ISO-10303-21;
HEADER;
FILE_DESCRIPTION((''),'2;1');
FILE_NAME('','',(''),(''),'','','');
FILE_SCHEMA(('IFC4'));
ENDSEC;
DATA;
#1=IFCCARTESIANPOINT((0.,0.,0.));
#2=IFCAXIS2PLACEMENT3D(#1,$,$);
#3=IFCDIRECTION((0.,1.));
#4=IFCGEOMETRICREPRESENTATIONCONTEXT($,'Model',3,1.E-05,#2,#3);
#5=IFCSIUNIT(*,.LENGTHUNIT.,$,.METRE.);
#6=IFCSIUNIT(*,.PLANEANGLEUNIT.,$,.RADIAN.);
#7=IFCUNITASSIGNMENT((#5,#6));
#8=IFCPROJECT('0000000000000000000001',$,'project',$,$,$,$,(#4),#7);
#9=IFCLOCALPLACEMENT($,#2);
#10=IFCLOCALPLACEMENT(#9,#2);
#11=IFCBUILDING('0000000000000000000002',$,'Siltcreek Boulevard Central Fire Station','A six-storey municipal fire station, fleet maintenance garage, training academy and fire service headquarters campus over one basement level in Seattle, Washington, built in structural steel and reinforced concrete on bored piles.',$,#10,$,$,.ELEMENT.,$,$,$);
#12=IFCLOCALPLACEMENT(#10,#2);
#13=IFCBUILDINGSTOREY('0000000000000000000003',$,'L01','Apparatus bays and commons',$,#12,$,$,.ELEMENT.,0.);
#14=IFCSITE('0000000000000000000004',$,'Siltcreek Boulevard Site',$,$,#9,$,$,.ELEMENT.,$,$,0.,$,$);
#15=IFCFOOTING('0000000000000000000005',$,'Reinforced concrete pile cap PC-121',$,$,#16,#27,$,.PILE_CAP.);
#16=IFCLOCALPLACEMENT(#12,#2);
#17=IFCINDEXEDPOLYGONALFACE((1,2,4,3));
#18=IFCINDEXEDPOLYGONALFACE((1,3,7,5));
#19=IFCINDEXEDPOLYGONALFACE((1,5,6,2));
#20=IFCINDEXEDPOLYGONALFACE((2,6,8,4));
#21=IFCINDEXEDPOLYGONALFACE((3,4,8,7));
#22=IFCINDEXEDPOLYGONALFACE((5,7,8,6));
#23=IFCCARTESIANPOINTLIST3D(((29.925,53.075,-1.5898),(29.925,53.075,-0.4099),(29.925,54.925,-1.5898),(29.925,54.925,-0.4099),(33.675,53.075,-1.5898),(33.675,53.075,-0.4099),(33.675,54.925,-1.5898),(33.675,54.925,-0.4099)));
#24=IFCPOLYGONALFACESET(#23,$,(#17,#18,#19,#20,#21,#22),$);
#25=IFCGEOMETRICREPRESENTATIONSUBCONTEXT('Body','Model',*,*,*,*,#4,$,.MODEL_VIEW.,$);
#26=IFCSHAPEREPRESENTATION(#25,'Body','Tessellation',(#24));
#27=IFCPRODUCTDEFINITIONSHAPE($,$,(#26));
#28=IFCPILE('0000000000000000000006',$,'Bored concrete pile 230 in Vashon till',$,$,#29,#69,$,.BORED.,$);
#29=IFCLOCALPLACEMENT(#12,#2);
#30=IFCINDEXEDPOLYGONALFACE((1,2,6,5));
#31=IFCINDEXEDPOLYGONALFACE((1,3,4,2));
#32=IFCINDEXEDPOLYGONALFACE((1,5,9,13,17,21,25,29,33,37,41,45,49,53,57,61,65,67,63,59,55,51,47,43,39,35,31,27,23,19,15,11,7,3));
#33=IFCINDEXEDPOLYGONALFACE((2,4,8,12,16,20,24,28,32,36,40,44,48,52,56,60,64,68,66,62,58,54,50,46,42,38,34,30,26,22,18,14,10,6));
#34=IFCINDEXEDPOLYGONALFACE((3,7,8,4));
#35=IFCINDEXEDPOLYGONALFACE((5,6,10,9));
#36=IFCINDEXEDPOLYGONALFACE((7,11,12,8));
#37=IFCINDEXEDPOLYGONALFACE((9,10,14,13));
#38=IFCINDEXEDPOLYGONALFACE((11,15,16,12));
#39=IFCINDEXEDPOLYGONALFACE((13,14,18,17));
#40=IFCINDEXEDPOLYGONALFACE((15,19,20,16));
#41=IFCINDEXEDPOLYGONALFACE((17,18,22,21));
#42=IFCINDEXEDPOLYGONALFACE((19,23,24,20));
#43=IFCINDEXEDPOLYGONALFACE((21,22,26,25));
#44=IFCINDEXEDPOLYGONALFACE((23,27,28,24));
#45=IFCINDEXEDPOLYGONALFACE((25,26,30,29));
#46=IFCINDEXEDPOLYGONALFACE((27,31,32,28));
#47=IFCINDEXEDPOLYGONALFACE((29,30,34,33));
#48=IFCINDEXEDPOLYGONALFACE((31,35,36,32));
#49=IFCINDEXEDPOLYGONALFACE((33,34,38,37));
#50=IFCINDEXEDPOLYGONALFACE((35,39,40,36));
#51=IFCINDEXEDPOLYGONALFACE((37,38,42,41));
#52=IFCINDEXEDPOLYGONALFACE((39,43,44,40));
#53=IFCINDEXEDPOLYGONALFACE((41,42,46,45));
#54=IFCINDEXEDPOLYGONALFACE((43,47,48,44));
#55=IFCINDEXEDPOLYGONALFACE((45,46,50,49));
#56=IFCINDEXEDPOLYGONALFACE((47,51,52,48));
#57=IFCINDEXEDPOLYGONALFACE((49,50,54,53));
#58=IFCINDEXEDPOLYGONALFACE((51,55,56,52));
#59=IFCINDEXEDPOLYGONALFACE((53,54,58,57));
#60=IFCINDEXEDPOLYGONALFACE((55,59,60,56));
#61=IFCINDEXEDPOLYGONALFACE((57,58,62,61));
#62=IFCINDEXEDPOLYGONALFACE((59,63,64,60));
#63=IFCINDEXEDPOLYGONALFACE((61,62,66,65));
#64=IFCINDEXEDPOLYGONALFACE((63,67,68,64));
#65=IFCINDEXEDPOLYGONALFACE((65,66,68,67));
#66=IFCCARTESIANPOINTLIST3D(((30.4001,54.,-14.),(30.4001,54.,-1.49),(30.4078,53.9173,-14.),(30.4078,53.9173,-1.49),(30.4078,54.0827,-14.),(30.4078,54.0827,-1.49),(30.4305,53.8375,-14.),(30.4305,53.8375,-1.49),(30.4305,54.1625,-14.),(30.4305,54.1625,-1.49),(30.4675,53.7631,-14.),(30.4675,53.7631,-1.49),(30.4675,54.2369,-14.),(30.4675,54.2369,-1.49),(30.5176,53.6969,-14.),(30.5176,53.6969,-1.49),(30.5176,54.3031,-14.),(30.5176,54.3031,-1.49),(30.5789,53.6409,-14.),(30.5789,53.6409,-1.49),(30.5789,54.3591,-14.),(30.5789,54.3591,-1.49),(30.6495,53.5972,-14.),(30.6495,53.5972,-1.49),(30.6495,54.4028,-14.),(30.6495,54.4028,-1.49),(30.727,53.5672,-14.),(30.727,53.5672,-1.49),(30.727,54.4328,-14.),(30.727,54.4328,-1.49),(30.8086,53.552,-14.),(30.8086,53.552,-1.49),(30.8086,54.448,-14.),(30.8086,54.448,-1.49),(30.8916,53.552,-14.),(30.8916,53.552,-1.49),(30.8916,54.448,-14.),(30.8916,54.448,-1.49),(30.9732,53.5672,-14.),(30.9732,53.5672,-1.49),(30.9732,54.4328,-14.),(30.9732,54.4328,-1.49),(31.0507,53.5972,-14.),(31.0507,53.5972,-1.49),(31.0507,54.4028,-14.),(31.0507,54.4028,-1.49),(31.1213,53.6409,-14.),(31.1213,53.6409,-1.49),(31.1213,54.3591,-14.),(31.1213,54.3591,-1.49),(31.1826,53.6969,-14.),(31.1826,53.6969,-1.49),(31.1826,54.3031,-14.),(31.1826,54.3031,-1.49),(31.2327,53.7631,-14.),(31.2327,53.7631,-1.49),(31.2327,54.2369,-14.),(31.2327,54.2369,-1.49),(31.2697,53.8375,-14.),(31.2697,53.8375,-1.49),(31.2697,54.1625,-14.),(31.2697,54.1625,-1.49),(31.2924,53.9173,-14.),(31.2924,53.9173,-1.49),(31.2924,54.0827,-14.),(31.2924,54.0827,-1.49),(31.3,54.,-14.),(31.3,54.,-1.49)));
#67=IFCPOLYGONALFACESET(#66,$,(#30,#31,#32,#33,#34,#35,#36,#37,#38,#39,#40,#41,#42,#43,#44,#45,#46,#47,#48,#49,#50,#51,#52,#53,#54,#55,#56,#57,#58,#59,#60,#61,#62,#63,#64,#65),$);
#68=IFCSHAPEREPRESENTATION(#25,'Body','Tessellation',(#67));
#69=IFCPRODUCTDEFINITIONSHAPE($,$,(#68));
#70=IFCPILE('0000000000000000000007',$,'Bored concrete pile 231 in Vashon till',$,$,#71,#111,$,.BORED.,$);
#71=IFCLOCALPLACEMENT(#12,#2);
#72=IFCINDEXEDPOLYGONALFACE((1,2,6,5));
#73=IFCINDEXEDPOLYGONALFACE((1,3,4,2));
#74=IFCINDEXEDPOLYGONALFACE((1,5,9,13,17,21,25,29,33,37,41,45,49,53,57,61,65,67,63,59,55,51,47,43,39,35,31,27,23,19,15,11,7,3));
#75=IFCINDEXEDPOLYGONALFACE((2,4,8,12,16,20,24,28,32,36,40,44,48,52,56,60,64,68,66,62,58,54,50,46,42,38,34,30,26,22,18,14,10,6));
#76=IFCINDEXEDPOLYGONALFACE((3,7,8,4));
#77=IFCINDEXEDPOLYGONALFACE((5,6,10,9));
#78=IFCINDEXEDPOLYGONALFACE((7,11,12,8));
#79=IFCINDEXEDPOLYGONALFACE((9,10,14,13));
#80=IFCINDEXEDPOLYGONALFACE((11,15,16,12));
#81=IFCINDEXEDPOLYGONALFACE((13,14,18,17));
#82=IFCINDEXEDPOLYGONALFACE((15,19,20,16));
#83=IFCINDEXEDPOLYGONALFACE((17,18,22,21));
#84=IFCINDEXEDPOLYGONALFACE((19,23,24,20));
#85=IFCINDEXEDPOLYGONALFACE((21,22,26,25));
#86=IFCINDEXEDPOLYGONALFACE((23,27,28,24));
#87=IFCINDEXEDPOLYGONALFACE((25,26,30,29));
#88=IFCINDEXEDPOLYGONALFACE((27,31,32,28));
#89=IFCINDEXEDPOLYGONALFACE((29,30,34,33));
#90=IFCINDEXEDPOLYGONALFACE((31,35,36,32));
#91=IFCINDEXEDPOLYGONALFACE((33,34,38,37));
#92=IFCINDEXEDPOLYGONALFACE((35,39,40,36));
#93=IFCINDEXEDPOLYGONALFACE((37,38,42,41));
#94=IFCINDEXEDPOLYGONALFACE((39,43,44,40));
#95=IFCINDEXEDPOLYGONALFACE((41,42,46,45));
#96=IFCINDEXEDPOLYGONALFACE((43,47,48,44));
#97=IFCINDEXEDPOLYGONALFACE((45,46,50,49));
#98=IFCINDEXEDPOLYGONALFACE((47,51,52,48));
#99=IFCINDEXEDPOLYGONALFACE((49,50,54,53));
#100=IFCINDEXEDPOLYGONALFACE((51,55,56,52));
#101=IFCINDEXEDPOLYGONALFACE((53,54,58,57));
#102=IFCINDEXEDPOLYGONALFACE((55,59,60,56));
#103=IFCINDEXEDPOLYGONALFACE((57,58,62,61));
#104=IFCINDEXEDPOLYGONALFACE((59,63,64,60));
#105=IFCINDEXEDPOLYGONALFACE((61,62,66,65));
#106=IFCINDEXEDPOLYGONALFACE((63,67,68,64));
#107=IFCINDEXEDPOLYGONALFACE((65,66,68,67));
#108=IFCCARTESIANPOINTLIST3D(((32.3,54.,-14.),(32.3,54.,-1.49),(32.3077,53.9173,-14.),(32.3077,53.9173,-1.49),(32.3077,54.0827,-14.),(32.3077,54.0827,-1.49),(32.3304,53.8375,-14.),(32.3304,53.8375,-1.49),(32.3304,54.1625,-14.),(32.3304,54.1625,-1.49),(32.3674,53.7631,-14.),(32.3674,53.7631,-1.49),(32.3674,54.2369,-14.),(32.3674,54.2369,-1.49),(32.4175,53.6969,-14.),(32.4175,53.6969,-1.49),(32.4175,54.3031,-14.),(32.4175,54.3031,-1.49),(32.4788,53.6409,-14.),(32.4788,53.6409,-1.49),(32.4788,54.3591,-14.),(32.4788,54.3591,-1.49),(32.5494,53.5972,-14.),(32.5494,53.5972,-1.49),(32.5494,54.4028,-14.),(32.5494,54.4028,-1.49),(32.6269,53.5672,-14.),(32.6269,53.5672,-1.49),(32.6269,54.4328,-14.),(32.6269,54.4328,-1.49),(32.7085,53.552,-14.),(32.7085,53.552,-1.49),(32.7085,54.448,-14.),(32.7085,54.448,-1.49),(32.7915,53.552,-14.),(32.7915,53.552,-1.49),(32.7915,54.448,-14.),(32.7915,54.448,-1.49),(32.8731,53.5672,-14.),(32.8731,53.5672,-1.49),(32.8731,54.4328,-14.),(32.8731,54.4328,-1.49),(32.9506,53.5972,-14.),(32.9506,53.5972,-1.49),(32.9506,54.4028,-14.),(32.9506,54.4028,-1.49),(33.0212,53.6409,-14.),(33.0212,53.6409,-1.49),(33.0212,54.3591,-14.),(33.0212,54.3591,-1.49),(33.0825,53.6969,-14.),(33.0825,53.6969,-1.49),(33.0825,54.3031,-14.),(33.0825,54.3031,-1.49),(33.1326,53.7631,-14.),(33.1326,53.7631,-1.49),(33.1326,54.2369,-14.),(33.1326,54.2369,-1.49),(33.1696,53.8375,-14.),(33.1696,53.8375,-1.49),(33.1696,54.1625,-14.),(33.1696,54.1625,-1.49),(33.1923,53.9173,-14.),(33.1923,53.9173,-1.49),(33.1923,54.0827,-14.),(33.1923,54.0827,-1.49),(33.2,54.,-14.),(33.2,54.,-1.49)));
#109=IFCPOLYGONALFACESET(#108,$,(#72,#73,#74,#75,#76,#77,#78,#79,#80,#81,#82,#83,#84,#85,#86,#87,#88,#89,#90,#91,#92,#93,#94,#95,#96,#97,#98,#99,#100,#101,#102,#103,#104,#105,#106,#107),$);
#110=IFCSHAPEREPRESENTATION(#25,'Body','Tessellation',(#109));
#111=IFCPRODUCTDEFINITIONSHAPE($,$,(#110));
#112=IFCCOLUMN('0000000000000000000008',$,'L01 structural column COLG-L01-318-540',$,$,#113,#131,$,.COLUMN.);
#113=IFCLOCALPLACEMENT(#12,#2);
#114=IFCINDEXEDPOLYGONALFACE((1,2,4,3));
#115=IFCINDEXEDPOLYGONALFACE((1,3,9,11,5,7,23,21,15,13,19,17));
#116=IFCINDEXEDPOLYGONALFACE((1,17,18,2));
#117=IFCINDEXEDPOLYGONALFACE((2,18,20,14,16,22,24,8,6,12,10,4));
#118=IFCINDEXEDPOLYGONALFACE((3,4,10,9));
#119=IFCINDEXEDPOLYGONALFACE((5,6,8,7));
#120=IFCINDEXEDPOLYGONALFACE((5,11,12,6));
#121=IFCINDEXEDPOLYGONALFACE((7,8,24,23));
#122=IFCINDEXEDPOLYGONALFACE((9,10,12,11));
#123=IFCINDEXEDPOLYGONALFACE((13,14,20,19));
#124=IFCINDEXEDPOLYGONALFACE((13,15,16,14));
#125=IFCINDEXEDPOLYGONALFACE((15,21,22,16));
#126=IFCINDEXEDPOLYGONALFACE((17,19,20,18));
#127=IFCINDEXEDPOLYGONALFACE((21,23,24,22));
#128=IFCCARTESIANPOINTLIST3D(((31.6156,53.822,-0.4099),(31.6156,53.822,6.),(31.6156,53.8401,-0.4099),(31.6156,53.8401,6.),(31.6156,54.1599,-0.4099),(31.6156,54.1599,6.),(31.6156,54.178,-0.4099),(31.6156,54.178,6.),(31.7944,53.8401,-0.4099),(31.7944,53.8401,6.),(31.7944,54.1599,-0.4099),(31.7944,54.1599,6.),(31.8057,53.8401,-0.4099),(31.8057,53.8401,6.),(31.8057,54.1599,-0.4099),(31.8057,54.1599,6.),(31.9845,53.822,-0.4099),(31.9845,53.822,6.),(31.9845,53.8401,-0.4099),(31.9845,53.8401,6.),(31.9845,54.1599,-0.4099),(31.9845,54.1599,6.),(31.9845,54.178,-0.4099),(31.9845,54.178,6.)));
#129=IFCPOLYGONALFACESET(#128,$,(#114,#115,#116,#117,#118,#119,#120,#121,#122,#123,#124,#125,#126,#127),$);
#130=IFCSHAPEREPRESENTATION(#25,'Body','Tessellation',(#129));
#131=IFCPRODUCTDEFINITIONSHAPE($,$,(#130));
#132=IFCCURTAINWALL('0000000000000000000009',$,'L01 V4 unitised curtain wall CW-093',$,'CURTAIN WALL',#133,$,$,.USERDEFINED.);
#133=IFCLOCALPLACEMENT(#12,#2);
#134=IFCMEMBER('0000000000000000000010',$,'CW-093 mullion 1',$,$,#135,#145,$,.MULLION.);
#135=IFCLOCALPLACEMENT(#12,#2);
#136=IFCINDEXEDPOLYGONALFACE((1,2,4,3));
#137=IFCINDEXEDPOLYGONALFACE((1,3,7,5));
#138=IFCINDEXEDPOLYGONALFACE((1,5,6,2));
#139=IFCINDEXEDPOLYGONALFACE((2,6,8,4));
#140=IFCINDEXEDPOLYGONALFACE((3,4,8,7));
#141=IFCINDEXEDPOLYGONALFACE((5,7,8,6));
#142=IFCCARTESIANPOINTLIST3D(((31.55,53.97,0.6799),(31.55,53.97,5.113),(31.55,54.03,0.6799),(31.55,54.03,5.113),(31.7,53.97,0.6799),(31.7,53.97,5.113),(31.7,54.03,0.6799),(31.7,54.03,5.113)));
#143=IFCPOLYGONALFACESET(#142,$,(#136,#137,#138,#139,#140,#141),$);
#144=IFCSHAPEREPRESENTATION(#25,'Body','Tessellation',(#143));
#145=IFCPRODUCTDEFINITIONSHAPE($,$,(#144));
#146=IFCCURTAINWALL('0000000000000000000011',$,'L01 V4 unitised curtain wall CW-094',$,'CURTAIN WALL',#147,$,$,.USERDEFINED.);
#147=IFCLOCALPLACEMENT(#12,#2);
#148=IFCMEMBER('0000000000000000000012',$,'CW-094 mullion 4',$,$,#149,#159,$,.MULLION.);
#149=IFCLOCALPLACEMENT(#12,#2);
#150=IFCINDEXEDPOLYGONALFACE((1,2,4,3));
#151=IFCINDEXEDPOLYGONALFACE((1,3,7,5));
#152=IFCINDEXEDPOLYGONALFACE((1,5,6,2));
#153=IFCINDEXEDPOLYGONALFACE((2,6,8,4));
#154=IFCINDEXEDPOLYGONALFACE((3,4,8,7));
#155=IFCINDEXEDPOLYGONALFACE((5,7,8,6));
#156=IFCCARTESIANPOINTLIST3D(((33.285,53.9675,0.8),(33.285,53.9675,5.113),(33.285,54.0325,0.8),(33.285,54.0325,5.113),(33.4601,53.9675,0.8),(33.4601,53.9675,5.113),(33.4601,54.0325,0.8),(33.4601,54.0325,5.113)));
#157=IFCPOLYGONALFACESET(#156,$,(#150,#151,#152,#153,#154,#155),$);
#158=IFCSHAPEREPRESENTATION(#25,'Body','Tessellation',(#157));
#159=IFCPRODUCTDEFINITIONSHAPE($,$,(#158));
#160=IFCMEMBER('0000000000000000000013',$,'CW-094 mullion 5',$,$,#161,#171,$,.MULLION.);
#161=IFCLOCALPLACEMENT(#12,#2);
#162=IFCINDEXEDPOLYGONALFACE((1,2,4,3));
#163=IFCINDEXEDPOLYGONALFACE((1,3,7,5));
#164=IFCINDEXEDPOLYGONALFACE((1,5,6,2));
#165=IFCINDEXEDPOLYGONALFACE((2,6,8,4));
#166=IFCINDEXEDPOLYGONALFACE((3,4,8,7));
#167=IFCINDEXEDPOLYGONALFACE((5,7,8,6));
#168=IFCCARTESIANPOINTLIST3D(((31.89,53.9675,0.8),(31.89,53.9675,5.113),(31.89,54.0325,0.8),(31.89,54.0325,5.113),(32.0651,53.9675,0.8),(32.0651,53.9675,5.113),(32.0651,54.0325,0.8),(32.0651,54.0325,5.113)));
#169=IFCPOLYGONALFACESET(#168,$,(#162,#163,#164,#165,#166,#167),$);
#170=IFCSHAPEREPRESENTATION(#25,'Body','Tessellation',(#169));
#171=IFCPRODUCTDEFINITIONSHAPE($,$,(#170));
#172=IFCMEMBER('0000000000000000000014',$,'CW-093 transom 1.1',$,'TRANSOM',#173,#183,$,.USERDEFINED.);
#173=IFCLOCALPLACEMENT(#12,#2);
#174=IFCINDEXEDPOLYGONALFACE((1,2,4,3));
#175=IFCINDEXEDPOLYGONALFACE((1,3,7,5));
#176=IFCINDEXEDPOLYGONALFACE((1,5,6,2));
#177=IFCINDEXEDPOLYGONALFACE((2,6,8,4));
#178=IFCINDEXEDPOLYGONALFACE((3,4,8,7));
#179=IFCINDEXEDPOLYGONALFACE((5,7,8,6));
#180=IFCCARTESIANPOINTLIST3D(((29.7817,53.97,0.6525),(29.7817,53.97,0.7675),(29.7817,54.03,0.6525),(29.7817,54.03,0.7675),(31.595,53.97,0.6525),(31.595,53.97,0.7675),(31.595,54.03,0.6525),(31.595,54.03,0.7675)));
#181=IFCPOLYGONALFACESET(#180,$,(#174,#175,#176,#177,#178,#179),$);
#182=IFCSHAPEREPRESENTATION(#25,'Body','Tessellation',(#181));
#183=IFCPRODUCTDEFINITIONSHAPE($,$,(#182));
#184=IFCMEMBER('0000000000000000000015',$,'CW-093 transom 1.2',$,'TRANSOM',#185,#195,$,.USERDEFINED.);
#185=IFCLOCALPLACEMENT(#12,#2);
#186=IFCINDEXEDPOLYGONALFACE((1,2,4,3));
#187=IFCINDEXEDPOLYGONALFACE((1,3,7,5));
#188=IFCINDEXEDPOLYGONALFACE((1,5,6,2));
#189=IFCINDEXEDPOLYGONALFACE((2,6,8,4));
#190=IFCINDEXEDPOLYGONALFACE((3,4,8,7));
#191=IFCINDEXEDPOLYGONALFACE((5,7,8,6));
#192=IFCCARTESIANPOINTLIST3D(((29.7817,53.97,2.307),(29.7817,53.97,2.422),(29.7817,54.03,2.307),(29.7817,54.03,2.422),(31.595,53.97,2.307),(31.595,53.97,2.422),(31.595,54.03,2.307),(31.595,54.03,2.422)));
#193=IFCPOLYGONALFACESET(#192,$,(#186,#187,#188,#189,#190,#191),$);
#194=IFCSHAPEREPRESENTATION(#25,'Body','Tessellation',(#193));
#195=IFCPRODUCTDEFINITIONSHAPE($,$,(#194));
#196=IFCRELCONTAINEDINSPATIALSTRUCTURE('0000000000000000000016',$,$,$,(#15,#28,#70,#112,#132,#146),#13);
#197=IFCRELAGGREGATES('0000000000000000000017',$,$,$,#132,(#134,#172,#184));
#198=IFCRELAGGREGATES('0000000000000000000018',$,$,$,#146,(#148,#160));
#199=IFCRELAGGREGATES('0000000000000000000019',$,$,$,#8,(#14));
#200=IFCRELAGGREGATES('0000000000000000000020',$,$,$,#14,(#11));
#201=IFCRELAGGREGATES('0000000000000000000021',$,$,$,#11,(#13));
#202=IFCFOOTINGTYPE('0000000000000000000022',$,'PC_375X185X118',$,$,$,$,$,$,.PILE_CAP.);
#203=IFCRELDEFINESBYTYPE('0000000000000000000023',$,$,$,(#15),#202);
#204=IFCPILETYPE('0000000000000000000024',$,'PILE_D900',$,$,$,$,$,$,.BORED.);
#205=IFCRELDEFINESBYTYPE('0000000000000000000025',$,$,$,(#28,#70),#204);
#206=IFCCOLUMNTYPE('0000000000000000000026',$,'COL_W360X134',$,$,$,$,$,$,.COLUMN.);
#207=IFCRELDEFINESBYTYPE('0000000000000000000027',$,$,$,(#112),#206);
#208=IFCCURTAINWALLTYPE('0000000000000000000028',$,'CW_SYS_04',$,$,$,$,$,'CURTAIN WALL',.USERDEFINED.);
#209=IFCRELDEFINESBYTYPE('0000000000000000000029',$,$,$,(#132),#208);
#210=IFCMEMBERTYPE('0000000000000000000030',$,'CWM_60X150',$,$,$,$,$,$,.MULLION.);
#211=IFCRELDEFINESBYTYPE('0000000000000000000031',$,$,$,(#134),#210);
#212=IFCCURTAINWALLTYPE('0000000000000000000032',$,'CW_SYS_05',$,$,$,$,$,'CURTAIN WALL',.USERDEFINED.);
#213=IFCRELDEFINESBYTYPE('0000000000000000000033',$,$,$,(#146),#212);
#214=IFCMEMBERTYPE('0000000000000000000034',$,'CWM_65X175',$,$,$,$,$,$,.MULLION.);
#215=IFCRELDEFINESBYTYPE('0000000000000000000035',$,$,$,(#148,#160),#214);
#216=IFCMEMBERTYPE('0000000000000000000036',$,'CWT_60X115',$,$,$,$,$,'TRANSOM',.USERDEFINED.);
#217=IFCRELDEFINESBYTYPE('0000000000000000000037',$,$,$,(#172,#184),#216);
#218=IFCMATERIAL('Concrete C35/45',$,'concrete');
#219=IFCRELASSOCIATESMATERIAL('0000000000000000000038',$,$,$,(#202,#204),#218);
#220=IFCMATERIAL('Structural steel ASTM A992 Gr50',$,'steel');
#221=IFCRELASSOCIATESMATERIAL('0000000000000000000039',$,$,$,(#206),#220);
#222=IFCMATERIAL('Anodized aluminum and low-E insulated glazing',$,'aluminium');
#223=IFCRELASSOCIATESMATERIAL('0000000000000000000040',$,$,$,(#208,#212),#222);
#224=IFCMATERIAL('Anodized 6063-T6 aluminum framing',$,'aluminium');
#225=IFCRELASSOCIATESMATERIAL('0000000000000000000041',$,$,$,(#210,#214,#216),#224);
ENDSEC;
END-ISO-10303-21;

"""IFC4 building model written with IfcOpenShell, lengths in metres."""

from ifc_helpers import new_model, si_unit, direction, frame, origin, origin_2d, place, context, subcontext, project, spatial, rectangle, circle, i_section, extrude, material, material_profile, profile_set, type_object, element, aggregate, save


model = new_model("IFC4")

# Units and contexts
model_context = context("Model", 3, precision=1e-05, world=origin(), true_north=direction((0.0, 1.0)))
body_context = subcontext(model_context, "Body", "Model", "MODEL_VIEW")
ifc_project = project(units=[si_unit("LENGTHUNIT", "METRE"), si_unit("PLANEANGLEUNIT", "RADIAN")], contexts=[model_context])

# Site, building, storey
site_placement = place(None, origin())
site = spatial("IfcSite", under=ifc_project, at=site_placement, Name="Siltcreek Boulevard Site", CompositionType="ELEMENT", RefElevation=0.0)
building_placement = place(site_placement, origin())
building = spatial("IfcBuilding", under=site, at=building_placement, Name="Siltcreek Boulevard Central Fire Station", Description="A six-storey municipal fire station, fleet maintenance garage, training academy and fire service headquarters campus over one basement level in Seattle, Washington, built in structural steel and reinforced concrete on bored piles.", CompositionType="ELEMENT")
storey_placement = place(building_placement, origin())
storey = spatial("IfcBuildingStorey", under=building, at=storey_placement, Name="L01", Description="Apparatus bays and commons", CompositionType="ELEMENT", Elevation=0.0)

# Footing
ifc_material_1 = material(Name="Concrete C35/45", Category="concrete")
footing_type = type_object("IfcFootingType", Name="PC_375X185X118", PredefinedType="PILE_CAP", material=ifc_material_1)
footing_placement = place(storey_placement, frame((31.8, 54.0, -1.5898), z_axis=(0.0, 0.0, 1.0), x_axis=(1.0, 0.0, 0.0)))
element("IfcFooting", 1, at=footing_placement, inside=storey, type_object=footing_type, Name="Reinforced concrete pile cap PC-121", PredefinedType="PILE_CAP", context=body_context, shape_type="SweptSolid", body=[
    extrude(rectangle(XDim=3.75, YDim=1.8501, at=origin_2d()), origin(), (0.0, 0.0, 1.0), 1.1799),
])

# Piles
ifc_material_profile_1 = material_profile(ifc_material_1, circle(Radius=0.45, at=origin_2d()), Name="SHAFT900")
ifc_profile_set_1 = profile_set([ifc_material_profile_1], Name="Concrete C35/45")
pile_type = type_object("IfcPileType", Name="PILE_D900", PredefinedType="BORED", material=ifc_profile_set_1)
for number, where, z_axis, x_axis, name in (
    (2, (30.8501, 54.0, -1.49), (0.0, 0.0, -1.0), (1.0, 0.0, 0.0), "Bored concrete pile 230 in Vashon till"),
    (3, (32.75, 54.0, -1.49), (0.0, 0.0, -1.0), (1.0, 0.0, 0.0), "Bored concrete pile 231 in Vashon till"),
):
    element("IfcPile", number, at=place(storey_placement, frame(where, z_axis=z_axis, x_axis=x_axis)), inside=storey, type_object=pile_type, Name=name, PredefinedType="BORED", context=body_context, shape_type="SweptSolid", body=[
        extrude(circle(Radius=0.45, at=origin_2d()), origin(), (0.0, 0.0, 1.0), 12.51),
    ])

# Column
ifc_material_2 = material(Name="Structural steel ASTM A992 Gr50", Category="steel")
ifc_material_profile_2 = material_profile(ifc_material_2, i_section(OverallWidth=0.3689, OverallDepth=0.356, WebThickness=0.0112, FlangeThickness=0.0181, at=origin_2d()), Name="W360X134")
ifc_profile_set_2 = profile_set([ifc_material_profile_2], Name="Structural steel ASTM A992 Gr50")
column_type = type_object("IfcColumnType", Name="COL_W360X134", PredefinedType="COLUMN", material=ifc_profile_set_2)
column_placement = place(storey_placement, frame((31.8, 54.0, -0.4099), z_axis=(0.0, 0.0, 1.0), x_axis=(1.0, 0.0, 0.0)))
element("IfcColumn", 4, at=column_placement, inside=storey, type_object=column_type, Name="L01 structural column COLG-L01-318-540", PredefinedType="COLUMN", context=body_context, shape_type="SweptSolid", body=[
    extrude(i_section(OverallWidth=0.3689, OverallDepth=0.356, WebThickness=0.0112, FlangeThickness=0.0181, at=origin_2d()), origin(), (0.0, 0.0, 1.0), 6.4099),
])

# Curtain wall, member
ifc_material_3 = material(Name="Anodized aluminum and low-E insulated glazing", Category="aluminium")
curtain_wall_type_1 = type_object("IfcCurtainWallType", Name="CW_SYS_04", ElementType="CURTAIN WALL", PredefinedType="USERDEFINED", material=ifc_material_3)
curtain_wall_1_placement = place(storey_placement, origin())
curtain_wall_1 = element("IfcCurtainWall", 5, at=curtain_wall_1_placement, inside=storey, type_object=curtain_wall_type_1, Name="L01 V4 unitised curtain wall CW-093", ObjectType="CURTAIN WALL", PredefinedType="USERDEFINED")
ifc_material_4 = material(Name="Anodized 6063-T6 aluminum framing", Category="aluminium")
ifc_material_profile_3 = material_profile(ifc_material_4, rectangle(XDim=0.0601, YDim=0.1499, at=origin_2d()), Name="MULL60X150")
ifc_profile_set_3 = profile_set([ifc_material_profile_3], Name="Anodized 6063-T6 aluminum framing")
member_type_1 = type_object("IfcMemberType", Name="CWM_60X150", PredefinedType="MULLION", material=ifc_profile_set_3)
member_1_placement = place(storey_placement, frame((31.625, 54.0, 0.6799), z_axis=(0.0, 0.0, 1.0), x_axis=(0.0, -1.0, 0.0)))
member_1 = element("IfcMember", 6, at=member_1_placement, type_object=member_type_1, Name="CW-093 mullion 1", PredefinedType="MULLION", context=body_context, shape_type="SweptSolid", body=[
    extrude(rectangle(XDim=0.0601, YDim=0.1499, at=origin_2d()), origin(), (0.0, 0.0, 1.0), 4.4331),
])

# Curtain wall, members
curtain_wall_type_2 = type_object("IfcCurtainWallType", Name="CW_SYS_05", ElementType="CURTAIN WALL", PredefinedType="USERDEFINED", material=ifc_material_3)
curtain_wall_2_placement = place(storey_placement, origin())
curtain_wall_2 = element("IfcCurtainWall", 7, at=curtain_wall_2_placement, inside=storey, type_object=curtain_wall_type_2, Name="L01 V4 unitised curtain wall CW-094", ObjectType="CURTAIN WALL", PredefinedType="USERDEFINED")
ifc_material_profile_4 = material_profile(ifc_material_4, rectangle(XDim=0.0649, YDim=0.175, at=origin_2d()), Name="MULL65X175")
ifc_profile_set_4 = profile_set([ifc_material_profile_4], Name="Anodized 6063-T6 aluminum framing")
member_type_2 = type_object("IfcMemberType", Name="CWM_65X175", PredefinedType="MULLION", material=ifc_profile_set_4)
member_2_placement = place(storey_placement, frame((33.3726, 54.0, 0.8), z_axis=(0.0, 0.0, 1.0), x_axis=(0.0, -1.0, 0.0)))
member_2 = element("IfcMember", 8, at=member_2_placement, type_object=member_type_2, Name="CW-094 mullion 4", PredefinedType="MULLION", context=body_context, shape_type="SweptSolid", body=[
    extrude(rectangle(XDim=0.0649, YDim=0.175, at=origin_2d()), origin(), (0.0, 0.0, 1.0), 4.313),
])
member_3_placement = place(storey_placement, frame((31.9775, 54.0, 0.8), z_axis=(0.0, 0.0, 1.0), x_axis=(0.0, -1.0, 0.0)))
member_3 = element("IfcMember", 9, at=member_3_placement, type_object=member_type_2, Name="CW-094 mullion 5", PredefinedType="MULLION", context=body_context, shape_type="SweptSolid", body=[
    extrude(rectangle(XDim=0.0649, YDim=0.175, at=origin_2d()), origin(), (0.0, 0.0, 1.0), 4.313),
])

# Members
ifc_material_profile_5 = material_profile(ifc_material_4, rectangle(XDim=0.0601, YDim=0.115, at=origin_2d()), Name="TRAN60X115")
ifc_profile_set_5 = profile_set([ifc_material_profile_5], Name="Anodized 6063-T6 aluminum framing")
member_type_3 = type_object("IfcMemberType", Name="CWT_60X115", ElementType="TRANSOM", PredefinedType="USERDEFINED", material=ifc_profile_set_5)
member_4_placement = place(storey_placement, frame((31.595, 54.0, 0.71), z_axis=(-1.0, 0.0, 0.0), x_axis=(0.0, -1.0, 0.0)))
member_4 = element("IfcMember", 10, at=member_4_placement, type_object=member_type_3, Name="CW-093 transom 1.1", ObjectType="TRANSOM", PredefinedType="USERDEFINED", context=body_context, shape_type="SweptSolid", body=[
    extrude(rectangle(XDim=0.0601, YDim=0.115, at=origin_2d()), origin(), (0.0, 0.0, 1.0), 1.8132),
])
member_5_placement = place(storey_placement, frame((31.595, 54.0, 2.3645), z_axis=(-1.0, 0.0, 0.0), x_axis=(0.0, -1.0, 0.0)))
member_5 = element("IfcMember", 11, at=member_5_placement, type_object=member_type_3, Name="CW-093 transom 1.2", ObjectType="TRANSOM", PredefinedType="USERDEFINED", context=body_context, shape_type="SweptSolid", body=[
    extrude(rectangle(XDim=0.0601, YDim=0.115, at=origin_2d()), origin(), (0.0, 0.0, 1.0), 1.8132),
])

aggregate(curtain_wall_1, [member_1, member_4, member_5])
aggregate(curtain_wall_2, [member_2, member_3])

save(model, "model.ifc")
